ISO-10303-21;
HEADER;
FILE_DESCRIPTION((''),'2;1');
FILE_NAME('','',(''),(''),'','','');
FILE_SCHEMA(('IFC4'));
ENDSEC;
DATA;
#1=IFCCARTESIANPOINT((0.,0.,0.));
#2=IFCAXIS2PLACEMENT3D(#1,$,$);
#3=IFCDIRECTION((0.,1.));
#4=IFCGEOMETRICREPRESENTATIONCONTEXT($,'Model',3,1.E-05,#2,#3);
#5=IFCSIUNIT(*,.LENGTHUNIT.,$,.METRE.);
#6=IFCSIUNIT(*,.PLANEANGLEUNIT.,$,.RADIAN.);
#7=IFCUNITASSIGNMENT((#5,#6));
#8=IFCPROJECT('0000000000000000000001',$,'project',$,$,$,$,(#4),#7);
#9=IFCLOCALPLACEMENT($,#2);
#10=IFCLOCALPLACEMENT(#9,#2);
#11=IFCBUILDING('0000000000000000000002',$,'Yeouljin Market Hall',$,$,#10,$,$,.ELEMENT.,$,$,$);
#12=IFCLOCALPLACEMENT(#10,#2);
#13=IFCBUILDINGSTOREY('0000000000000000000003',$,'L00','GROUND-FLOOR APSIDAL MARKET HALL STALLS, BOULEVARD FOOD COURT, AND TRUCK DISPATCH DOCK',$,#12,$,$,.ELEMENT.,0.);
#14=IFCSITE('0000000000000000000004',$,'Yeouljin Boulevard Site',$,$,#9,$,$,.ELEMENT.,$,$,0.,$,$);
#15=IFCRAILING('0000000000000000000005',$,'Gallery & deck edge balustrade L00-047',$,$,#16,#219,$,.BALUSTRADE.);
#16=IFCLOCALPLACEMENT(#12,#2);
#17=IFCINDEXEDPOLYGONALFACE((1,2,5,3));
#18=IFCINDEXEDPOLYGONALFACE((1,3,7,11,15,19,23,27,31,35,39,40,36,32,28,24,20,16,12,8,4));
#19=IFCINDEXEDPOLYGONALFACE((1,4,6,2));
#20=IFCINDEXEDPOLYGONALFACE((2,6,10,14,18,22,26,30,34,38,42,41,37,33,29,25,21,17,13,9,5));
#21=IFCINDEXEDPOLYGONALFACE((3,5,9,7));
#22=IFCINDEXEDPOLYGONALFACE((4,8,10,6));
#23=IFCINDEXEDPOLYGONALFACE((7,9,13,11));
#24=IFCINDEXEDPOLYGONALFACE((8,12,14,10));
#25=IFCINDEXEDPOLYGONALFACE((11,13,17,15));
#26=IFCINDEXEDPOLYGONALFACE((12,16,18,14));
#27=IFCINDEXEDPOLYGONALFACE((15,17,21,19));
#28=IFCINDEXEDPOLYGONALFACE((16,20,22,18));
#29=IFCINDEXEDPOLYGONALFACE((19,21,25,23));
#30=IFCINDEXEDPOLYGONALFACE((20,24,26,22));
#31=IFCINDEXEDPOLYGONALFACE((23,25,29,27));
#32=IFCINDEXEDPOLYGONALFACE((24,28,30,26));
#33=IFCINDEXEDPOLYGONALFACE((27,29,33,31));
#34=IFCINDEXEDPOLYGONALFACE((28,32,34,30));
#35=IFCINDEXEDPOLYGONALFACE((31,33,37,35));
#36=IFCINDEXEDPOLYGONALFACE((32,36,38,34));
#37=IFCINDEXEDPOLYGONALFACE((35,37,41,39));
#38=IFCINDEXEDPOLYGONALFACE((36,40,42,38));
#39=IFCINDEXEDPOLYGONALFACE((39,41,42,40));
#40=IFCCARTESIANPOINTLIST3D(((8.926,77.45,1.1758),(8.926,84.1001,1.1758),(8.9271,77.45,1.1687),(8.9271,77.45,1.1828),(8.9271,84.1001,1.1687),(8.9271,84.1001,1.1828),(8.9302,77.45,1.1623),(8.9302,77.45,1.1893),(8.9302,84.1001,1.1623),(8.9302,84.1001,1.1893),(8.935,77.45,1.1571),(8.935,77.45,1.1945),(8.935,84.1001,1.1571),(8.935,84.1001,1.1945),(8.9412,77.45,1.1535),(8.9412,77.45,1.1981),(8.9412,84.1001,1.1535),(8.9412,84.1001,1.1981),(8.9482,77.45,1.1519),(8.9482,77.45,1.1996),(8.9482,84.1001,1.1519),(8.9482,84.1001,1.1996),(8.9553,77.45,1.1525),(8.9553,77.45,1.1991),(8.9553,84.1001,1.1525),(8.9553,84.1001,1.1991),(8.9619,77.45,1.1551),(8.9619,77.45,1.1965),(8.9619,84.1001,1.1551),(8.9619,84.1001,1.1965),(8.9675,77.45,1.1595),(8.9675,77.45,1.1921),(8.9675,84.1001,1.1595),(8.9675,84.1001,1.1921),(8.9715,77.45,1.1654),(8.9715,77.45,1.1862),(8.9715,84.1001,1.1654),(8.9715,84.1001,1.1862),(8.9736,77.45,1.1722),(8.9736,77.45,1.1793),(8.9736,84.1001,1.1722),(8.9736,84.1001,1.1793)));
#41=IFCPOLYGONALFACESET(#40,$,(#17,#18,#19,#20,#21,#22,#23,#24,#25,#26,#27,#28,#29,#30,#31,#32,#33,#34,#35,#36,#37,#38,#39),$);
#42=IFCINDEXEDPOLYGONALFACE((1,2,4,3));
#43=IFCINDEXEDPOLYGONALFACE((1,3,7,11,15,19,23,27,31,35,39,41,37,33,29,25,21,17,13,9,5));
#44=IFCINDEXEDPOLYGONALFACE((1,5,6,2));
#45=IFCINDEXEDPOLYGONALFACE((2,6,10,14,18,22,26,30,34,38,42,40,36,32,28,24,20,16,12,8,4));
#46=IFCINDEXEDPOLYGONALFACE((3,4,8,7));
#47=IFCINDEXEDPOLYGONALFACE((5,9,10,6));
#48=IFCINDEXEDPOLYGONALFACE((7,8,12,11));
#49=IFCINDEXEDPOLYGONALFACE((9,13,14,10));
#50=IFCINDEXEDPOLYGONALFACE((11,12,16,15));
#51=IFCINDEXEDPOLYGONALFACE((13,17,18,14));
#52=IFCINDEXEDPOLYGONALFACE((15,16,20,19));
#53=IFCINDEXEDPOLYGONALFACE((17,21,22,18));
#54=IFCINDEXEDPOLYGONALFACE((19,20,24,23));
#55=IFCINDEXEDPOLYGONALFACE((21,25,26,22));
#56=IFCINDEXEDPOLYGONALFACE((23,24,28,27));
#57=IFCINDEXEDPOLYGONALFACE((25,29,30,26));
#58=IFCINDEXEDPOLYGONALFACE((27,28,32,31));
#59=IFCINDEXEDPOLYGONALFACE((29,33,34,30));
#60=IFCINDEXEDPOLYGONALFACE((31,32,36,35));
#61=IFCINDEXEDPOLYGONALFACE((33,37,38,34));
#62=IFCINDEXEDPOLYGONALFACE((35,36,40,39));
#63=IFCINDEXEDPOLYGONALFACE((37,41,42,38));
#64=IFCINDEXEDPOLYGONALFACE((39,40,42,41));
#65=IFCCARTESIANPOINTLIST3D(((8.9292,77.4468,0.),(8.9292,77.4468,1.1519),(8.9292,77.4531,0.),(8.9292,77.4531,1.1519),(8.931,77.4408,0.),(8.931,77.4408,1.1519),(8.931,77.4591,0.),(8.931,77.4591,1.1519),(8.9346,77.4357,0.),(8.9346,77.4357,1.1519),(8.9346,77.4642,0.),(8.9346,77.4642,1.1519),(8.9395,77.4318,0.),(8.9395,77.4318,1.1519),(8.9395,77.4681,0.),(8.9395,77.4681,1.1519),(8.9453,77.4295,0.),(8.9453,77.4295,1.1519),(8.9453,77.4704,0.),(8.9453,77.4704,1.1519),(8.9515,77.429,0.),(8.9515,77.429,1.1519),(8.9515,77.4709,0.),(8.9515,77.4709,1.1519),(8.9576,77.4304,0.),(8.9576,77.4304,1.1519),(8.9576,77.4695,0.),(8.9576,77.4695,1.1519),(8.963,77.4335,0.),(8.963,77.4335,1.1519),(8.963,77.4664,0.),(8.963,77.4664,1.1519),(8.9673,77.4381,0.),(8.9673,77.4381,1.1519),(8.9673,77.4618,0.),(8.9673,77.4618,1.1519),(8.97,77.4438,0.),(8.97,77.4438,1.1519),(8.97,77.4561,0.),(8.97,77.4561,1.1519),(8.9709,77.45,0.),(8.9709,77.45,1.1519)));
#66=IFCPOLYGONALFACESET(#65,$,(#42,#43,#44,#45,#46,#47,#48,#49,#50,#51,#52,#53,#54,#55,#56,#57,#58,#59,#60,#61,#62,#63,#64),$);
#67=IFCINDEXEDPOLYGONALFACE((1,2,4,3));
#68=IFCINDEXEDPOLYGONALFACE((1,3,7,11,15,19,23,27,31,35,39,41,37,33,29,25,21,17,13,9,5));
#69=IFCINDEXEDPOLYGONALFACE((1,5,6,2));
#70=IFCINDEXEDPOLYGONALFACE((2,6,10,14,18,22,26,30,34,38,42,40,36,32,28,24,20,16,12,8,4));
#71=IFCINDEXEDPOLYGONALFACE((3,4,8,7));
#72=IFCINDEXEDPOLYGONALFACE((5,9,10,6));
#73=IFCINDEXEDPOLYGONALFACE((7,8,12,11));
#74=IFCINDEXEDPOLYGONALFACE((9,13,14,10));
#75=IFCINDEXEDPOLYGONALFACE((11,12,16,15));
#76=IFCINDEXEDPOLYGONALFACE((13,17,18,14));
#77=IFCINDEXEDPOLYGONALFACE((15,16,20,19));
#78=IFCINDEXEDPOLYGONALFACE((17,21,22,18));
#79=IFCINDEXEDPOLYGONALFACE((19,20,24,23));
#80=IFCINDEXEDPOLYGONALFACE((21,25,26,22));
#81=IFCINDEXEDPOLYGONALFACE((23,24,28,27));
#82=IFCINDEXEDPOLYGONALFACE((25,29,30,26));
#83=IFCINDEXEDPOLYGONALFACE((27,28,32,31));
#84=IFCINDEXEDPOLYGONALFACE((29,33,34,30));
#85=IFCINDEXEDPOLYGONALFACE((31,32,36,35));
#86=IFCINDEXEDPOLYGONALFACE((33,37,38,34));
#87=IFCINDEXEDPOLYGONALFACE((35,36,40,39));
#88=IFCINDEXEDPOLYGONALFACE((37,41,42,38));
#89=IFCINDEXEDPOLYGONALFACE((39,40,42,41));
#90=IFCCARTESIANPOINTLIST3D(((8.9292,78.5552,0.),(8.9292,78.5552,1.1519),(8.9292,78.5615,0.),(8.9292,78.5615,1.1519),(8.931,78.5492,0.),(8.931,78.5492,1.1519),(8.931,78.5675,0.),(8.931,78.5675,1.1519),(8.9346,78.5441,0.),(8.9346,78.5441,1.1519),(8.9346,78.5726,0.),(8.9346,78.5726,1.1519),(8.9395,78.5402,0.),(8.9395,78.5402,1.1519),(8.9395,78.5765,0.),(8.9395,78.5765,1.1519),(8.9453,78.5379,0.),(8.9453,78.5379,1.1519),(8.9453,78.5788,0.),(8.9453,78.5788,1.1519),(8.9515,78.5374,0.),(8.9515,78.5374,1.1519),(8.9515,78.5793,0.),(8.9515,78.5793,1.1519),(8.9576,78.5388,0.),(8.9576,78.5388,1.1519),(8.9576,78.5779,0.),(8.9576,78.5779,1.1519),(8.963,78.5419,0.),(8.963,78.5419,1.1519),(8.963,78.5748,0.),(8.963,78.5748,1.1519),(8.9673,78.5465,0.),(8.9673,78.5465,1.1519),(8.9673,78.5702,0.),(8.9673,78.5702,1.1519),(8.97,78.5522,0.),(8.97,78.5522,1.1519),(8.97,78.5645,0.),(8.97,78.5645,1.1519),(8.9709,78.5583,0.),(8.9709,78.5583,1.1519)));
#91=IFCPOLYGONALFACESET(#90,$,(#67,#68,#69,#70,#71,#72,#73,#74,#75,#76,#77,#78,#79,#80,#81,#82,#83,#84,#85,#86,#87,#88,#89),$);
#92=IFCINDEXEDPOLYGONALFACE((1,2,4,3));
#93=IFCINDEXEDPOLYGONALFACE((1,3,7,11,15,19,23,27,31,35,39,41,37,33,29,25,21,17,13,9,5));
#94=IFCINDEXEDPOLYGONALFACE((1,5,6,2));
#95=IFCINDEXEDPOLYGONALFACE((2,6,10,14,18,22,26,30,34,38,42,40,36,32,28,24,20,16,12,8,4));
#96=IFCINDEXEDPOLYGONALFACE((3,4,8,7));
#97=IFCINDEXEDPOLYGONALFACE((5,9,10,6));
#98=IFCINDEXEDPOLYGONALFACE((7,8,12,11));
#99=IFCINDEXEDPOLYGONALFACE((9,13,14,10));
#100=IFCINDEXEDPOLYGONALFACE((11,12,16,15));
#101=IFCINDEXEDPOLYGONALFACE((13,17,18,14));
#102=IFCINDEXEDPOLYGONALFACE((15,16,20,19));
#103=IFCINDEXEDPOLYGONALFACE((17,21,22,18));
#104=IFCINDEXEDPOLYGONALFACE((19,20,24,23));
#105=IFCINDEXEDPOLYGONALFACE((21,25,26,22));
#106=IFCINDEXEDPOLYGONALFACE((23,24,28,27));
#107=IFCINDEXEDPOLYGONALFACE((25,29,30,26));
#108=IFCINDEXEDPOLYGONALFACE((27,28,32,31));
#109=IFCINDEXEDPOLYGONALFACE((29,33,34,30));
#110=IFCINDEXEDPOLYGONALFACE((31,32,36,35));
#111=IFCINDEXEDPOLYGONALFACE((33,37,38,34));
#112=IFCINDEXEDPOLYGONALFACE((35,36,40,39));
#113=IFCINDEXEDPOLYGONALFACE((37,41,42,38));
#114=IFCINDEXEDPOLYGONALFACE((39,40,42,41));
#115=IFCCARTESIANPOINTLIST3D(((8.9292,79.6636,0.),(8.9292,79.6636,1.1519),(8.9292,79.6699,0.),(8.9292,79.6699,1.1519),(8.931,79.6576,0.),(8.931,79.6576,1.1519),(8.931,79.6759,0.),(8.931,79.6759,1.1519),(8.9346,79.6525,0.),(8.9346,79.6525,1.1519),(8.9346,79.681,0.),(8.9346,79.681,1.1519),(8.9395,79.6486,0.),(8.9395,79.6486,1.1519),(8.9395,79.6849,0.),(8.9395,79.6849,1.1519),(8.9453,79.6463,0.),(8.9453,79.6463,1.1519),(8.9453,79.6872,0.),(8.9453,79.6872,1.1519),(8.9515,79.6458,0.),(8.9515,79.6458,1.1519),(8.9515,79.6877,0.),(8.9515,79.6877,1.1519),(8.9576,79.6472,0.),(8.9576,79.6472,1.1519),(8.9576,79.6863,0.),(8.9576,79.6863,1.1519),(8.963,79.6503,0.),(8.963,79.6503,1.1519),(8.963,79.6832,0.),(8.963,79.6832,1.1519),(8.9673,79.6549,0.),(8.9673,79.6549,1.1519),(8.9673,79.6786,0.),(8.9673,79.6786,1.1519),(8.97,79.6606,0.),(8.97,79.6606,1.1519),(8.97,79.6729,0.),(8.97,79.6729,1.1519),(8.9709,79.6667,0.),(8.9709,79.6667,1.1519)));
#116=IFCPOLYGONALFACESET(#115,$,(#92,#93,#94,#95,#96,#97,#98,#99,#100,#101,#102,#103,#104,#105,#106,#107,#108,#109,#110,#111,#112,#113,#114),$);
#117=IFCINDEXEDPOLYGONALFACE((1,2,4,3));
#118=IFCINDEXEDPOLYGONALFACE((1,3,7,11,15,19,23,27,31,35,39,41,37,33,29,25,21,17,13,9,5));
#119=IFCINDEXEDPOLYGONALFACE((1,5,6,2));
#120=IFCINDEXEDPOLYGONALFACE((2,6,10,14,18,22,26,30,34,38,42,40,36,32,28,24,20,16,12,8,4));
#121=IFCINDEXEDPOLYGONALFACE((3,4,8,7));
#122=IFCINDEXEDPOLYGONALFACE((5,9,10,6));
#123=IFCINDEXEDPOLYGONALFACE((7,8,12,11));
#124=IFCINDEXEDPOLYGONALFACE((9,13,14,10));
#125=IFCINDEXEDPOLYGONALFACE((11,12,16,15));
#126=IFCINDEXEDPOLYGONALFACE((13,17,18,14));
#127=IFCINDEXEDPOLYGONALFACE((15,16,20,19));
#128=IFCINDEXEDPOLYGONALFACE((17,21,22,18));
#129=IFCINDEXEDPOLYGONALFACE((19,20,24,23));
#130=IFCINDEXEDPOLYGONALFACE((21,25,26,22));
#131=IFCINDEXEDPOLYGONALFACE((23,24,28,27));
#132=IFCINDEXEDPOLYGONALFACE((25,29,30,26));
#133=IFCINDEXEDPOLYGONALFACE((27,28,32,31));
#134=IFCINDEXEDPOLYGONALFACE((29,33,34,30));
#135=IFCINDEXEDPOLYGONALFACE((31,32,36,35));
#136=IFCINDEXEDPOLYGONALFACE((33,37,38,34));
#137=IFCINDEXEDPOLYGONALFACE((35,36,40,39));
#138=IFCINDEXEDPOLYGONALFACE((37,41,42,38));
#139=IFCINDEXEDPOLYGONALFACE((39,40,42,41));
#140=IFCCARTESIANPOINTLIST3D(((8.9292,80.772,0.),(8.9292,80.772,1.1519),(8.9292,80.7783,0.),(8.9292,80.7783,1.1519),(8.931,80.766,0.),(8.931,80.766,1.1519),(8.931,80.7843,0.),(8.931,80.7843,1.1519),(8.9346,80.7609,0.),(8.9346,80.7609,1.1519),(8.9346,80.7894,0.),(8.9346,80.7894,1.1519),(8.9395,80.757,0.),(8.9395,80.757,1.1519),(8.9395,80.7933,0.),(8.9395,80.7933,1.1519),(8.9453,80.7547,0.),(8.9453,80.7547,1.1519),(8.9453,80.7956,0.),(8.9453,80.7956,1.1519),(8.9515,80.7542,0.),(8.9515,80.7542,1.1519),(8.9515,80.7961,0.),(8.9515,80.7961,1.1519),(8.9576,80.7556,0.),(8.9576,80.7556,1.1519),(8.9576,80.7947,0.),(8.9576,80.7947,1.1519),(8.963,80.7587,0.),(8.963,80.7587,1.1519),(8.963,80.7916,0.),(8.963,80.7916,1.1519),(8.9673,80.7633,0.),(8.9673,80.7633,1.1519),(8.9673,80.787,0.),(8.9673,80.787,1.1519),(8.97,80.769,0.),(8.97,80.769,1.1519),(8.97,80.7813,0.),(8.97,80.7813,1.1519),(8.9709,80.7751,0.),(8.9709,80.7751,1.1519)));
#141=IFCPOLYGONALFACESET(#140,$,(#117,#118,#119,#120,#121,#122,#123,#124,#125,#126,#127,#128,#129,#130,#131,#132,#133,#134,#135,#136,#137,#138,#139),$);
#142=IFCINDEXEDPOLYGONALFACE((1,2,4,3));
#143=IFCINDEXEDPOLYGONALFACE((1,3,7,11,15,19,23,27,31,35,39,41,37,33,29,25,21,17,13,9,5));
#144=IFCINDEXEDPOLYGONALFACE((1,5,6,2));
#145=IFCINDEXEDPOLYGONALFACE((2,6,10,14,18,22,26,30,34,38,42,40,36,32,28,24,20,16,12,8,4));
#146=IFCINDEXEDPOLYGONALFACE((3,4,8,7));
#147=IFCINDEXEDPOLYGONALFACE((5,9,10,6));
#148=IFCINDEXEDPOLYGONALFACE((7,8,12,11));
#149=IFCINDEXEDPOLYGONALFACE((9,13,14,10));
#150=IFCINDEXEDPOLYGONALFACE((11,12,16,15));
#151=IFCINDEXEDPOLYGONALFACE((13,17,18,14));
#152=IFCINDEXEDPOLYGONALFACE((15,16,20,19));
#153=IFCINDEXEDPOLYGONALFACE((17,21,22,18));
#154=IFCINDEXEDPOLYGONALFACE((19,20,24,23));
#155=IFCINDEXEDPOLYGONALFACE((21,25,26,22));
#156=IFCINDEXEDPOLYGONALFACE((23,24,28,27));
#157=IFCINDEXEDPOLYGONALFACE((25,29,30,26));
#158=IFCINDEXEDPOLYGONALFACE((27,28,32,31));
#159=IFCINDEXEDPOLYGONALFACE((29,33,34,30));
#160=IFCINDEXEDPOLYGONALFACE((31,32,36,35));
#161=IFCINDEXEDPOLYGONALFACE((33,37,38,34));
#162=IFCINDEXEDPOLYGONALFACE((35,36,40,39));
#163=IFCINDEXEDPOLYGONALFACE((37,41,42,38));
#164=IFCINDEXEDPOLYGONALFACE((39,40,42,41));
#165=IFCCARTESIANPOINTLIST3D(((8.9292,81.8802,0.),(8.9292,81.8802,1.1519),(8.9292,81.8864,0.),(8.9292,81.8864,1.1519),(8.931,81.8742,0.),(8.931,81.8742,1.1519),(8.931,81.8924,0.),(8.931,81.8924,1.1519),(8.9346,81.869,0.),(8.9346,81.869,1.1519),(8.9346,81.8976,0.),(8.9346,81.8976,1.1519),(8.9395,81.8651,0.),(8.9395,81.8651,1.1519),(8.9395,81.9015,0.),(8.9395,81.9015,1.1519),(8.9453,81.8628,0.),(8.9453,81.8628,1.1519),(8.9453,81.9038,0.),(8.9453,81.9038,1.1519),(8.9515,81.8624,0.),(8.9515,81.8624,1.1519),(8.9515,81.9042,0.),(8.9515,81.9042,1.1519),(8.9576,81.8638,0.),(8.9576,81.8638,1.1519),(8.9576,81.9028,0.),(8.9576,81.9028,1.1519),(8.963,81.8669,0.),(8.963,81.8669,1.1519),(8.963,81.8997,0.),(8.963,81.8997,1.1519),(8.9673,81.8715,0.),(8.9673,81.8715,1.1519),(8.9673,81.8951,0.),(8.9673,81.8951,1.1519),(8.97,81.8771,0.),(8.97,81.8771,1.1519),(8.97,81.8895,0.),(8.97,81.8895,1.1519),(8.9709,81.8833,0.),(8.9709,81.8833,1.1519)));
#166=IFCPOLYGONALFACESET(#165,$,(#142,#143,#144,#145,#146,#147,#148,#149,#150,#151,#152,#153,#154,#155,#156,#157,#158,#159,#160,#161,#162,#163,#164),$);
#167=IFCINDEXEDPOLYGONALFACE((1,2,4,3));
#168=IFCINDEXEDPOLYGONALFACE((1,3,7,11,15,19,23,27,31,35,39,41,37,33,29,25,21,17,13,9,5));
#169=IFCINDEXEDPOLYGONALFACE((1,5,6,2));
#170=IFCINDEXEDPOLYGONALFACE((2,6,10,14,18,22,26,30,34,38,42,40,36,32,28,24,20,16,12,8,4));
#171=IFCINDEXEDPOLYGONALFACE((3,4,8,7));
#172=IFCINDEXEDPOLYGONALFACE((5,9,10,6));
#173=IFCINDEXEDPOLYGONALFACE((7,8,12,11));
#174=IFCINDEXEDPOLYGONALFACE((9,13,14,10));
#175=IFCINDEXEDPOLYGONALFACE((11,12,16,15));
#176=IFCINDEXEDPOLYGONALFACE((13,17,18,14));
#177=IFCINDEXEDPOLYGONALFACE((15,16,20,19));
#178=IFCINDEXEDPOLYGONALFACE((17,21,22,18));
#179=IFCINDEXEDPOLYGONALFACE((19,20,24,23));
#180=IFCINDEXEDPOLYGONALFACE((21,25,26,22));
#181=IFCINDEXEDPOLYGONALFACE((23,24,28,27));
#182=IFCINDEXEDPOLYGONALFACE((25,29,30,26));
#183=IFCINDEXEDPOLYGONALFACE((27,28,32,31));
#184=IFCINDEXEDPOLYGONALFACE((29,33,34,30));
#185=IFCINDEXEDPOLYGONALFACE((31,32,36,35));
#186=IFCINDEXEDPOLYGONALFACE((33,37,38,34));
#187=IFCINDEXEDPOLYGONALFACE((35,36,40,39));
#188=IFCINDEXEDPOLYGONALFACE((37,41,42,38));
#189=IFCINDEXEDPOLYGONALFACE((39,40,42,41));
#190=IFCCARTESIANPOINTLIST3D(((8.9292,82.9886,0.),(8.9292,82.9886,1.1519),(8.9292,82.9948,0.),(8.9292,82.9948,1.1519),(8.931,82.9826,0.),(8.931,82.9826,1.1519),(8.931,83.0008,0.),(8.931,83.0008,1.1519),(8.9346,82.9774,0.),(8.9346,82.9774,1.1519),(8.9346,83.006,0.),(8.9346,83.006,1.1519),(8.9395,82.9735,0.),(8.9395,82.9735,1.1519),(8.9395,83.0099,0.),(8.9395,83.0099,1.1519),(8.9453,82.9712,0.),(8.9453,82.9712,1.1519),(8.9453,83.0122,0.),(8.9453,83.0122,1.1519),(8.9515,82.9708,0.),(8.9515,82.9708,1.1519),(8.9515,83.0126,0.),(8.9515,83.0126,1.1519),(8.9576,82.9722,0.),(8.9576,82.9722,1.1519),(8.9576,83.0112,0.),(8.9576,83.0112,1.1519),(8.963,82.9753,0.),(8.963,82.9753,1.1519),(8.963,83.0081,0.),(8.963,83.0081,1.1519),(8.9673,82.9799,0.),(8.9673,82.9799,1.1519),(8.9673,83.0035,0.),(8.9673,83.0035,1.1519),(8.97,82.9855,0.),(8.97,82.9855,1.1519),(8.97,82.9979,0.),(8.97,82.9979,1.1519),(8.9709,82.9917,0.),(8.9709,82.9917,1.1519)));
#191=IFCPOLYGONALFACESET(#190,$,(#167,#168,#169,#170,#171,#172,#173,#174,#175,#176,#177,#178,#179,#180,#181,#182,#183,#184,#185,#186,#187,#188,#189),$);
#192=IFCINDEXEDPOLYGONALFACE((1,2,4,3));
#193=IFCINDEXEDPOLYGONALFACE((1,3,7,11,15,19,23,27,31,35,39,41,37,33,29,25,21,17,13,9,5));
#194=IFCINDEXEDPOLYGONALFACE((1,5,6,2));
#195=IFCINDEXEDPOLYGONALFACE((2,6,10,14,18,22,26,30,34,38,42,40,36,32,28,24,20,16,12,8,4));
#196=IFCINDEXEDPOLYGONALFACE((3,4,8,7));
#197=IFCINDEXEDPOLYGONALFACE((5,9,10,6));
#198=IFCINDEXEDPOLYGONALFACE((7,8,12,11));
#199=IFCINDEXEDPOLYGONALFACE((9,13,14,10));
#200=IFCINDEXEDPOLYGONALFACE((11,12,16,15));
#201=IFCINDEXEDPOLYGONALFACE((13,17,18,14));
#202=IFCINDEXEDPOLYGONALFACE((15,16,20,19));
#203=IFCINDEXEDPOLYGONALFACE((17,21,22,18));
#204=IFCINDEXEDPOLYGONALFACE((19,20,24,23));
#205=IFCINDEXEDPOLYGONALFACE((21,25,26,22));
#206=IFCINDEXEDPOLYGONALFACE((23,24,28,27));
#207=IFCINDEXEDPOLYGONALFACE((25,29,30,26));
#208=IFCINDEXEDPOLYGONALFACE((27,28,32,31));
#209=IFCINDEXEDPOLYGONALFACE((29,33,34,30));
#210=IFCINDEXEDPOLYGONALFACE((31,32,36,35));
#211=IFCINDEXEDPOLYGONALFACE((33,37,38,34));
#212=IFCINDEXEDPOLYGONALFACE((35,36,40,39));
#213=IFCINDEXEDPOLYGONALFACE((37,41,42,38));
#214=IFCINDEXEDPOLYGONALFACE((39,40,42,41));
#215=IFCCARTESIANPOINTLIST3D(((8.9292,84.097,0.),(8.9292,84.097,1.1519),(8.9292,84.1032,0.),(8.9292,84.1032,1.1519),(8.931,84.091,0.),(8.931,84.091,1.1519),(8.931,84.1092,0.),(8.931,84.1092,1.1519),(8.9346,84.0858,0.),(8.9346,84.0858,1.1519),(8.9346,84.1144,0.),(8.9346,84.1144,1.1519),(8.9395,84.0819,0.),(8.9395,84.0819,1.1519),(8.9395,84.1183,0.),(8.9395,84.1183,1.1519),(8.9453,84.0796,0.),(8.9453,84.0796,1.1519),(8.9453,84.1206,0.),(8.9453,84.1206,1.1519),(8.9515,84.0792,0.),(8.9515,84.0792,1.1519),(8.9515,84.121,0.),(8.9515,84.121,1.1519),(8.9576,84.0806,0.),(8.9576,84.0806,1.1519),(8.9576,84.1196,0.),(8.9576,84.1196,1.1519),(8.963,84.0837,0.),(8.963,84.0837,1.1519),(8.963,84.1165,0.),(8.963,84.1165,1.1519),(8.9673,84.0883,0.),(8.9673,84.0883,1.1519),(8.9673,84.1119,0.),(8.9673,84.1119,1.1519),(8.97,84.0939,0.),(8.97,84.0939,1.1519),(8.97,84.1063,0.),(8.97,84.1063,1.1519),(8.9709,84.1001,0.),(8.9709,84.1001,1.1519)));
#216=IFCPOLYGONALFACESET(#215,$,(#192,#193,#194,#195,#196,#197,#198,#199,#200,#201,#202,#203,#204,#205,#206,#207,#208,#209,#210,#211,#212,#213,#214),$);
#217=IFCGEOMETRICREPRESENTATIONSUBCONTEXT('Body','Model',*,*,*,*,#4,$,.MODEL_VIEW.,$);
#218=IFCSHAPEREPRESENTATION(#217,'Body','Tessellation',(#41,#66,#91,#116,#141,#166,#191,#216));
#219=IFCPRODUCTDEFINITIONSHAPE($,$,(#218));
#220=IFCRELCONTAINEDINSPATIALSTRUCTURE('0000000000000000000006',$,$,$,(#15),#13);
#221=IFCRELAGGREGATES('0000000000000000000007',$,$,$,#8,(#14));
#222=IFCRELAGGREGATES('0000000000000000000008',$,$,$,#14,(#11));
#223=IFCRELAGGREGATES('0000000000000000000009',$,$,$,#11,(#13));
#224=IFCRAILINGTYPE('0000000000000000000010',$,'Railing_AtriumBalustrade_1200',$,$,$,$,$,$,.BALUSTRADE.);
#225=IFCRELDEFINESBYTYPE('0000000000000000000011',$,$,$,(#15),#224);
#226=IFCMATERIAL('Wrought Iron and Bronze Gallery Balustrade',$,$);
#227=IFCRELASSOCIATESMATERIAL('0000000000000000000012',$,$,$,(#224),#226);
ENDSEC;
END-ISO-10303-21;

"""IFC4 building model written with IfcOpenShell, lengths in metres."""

from ifc_helpers import new_model, si_unit, direction, frame, origin, origin_2d, place, context, subcontext, project, spatial, circle, extrude, material, type_object, element, save


model = new_model("IFC4")

# Units and contexts
model_context = context("Model", 3, precision=1e-05, world=origin(), true_north=direction((0.0, 1.0)))
body_context = subcontext(model_context, "Body", "Model", "MODEL_VIEW")
ifc_project = project(units=[si_unit("LENGTHUNIT", "METRE"), si_unit("PLANEANGLEUNIT", "RADIAN")], contexts=[model_context])

# Site, building, storey
site_placement = place(None, origin())
site = spatial("IfcSite", under=ifc_project, at=site_placement, Name="Yeouljin Boulevard Site", CompositionType="ELEMENT", RefElevation=0.0)
building_placement = place(site_placement, origin())
building = spatial("IfcBuilding", under=site, at=building_placement, Name="Yeouljin Market Hall", CompositionType="ELEMENT")
storey_placement = place(building_placement, origin())
storey = spatial("IfcBuildingStorey", under=building, at=storey_placement, Name="L00", Description="GROUND-FLOOR APSIDAL MARKET HALL STALLS, BOULEVARD FOOD COURT, AND TRUCK DISPATCH DOCK", CompositionType="ELEMENT", Elevation=0.0)

# Railing
ifc_material_1 = material(Name="Wrought Iron and Bronze Gallery Balustrade")
railing_type_1 = type_object("IfcRailingType", Name="Railing_AtriumBalustrade_1200", PredefinedType="BALUSTRADE", material=ifc_material_1)
railing_1_placement = place(storey_placement, frame((8.95, 77.45, 0.0)))
element("IfcRailing", 1, at=railing_1_placement, inside=storey, type_object=railing_type_1, Name="Gallery & deck edge balustrade L00-047", PredefinedType="BALUSTRADE", context=body_context, shape_type="SweptSolid", body=[
    extrude(circle(Radius=0.0239, at=origin_2d()), frame((0.0, 0.0, 1.1758), z_axis=(0.0, 1.0, 0.0), x_axis=(-1.0, 0.0, 0.0)), (0.0, 0.0, 1.0), 6.6501),
    extrude(circle(Radius=0.021, at=origin_2d()), origin(), (0.0, 0.0, 1.0), 1.1519),
    extrude(circle(Radius=0.021, at=origin_2d()), frame((0.0, 1.1084, 0.0)), (0.0, 0.0, 1.0), 1.1519),
    extrude(circle(Radius=0.021, at=origin_2d()), frame((0.0, 2.2168, 0.0)), (0.0, 0.0, 1.0), 1.1519),
    extrude(circle(Radius=0.021, at=origin_2d()), frame((0.0, 3.3252, 0.0)), (0.0, 0.0, 1.0), 1.1519),
    extrude(circle(Radius=0.021, at=origin_2d()), frame((0.0, 4.4333, 0.0)), (0.0, 0.0, 1.0), 1.1519),
    extrude(circle(Radius=0.021, at=origin_2d()), frame((0.0, 5.5417, 0.0)), (0.0, 0.0, 1.0), 1.1519),
    extrude(circle(Radius=0.021, at=origin_2d()), frame((0.0, 6.6501, 0.0)), (0.0, 0.0, 1.0), 1.1519),
])

save(model, "model.ifc")
